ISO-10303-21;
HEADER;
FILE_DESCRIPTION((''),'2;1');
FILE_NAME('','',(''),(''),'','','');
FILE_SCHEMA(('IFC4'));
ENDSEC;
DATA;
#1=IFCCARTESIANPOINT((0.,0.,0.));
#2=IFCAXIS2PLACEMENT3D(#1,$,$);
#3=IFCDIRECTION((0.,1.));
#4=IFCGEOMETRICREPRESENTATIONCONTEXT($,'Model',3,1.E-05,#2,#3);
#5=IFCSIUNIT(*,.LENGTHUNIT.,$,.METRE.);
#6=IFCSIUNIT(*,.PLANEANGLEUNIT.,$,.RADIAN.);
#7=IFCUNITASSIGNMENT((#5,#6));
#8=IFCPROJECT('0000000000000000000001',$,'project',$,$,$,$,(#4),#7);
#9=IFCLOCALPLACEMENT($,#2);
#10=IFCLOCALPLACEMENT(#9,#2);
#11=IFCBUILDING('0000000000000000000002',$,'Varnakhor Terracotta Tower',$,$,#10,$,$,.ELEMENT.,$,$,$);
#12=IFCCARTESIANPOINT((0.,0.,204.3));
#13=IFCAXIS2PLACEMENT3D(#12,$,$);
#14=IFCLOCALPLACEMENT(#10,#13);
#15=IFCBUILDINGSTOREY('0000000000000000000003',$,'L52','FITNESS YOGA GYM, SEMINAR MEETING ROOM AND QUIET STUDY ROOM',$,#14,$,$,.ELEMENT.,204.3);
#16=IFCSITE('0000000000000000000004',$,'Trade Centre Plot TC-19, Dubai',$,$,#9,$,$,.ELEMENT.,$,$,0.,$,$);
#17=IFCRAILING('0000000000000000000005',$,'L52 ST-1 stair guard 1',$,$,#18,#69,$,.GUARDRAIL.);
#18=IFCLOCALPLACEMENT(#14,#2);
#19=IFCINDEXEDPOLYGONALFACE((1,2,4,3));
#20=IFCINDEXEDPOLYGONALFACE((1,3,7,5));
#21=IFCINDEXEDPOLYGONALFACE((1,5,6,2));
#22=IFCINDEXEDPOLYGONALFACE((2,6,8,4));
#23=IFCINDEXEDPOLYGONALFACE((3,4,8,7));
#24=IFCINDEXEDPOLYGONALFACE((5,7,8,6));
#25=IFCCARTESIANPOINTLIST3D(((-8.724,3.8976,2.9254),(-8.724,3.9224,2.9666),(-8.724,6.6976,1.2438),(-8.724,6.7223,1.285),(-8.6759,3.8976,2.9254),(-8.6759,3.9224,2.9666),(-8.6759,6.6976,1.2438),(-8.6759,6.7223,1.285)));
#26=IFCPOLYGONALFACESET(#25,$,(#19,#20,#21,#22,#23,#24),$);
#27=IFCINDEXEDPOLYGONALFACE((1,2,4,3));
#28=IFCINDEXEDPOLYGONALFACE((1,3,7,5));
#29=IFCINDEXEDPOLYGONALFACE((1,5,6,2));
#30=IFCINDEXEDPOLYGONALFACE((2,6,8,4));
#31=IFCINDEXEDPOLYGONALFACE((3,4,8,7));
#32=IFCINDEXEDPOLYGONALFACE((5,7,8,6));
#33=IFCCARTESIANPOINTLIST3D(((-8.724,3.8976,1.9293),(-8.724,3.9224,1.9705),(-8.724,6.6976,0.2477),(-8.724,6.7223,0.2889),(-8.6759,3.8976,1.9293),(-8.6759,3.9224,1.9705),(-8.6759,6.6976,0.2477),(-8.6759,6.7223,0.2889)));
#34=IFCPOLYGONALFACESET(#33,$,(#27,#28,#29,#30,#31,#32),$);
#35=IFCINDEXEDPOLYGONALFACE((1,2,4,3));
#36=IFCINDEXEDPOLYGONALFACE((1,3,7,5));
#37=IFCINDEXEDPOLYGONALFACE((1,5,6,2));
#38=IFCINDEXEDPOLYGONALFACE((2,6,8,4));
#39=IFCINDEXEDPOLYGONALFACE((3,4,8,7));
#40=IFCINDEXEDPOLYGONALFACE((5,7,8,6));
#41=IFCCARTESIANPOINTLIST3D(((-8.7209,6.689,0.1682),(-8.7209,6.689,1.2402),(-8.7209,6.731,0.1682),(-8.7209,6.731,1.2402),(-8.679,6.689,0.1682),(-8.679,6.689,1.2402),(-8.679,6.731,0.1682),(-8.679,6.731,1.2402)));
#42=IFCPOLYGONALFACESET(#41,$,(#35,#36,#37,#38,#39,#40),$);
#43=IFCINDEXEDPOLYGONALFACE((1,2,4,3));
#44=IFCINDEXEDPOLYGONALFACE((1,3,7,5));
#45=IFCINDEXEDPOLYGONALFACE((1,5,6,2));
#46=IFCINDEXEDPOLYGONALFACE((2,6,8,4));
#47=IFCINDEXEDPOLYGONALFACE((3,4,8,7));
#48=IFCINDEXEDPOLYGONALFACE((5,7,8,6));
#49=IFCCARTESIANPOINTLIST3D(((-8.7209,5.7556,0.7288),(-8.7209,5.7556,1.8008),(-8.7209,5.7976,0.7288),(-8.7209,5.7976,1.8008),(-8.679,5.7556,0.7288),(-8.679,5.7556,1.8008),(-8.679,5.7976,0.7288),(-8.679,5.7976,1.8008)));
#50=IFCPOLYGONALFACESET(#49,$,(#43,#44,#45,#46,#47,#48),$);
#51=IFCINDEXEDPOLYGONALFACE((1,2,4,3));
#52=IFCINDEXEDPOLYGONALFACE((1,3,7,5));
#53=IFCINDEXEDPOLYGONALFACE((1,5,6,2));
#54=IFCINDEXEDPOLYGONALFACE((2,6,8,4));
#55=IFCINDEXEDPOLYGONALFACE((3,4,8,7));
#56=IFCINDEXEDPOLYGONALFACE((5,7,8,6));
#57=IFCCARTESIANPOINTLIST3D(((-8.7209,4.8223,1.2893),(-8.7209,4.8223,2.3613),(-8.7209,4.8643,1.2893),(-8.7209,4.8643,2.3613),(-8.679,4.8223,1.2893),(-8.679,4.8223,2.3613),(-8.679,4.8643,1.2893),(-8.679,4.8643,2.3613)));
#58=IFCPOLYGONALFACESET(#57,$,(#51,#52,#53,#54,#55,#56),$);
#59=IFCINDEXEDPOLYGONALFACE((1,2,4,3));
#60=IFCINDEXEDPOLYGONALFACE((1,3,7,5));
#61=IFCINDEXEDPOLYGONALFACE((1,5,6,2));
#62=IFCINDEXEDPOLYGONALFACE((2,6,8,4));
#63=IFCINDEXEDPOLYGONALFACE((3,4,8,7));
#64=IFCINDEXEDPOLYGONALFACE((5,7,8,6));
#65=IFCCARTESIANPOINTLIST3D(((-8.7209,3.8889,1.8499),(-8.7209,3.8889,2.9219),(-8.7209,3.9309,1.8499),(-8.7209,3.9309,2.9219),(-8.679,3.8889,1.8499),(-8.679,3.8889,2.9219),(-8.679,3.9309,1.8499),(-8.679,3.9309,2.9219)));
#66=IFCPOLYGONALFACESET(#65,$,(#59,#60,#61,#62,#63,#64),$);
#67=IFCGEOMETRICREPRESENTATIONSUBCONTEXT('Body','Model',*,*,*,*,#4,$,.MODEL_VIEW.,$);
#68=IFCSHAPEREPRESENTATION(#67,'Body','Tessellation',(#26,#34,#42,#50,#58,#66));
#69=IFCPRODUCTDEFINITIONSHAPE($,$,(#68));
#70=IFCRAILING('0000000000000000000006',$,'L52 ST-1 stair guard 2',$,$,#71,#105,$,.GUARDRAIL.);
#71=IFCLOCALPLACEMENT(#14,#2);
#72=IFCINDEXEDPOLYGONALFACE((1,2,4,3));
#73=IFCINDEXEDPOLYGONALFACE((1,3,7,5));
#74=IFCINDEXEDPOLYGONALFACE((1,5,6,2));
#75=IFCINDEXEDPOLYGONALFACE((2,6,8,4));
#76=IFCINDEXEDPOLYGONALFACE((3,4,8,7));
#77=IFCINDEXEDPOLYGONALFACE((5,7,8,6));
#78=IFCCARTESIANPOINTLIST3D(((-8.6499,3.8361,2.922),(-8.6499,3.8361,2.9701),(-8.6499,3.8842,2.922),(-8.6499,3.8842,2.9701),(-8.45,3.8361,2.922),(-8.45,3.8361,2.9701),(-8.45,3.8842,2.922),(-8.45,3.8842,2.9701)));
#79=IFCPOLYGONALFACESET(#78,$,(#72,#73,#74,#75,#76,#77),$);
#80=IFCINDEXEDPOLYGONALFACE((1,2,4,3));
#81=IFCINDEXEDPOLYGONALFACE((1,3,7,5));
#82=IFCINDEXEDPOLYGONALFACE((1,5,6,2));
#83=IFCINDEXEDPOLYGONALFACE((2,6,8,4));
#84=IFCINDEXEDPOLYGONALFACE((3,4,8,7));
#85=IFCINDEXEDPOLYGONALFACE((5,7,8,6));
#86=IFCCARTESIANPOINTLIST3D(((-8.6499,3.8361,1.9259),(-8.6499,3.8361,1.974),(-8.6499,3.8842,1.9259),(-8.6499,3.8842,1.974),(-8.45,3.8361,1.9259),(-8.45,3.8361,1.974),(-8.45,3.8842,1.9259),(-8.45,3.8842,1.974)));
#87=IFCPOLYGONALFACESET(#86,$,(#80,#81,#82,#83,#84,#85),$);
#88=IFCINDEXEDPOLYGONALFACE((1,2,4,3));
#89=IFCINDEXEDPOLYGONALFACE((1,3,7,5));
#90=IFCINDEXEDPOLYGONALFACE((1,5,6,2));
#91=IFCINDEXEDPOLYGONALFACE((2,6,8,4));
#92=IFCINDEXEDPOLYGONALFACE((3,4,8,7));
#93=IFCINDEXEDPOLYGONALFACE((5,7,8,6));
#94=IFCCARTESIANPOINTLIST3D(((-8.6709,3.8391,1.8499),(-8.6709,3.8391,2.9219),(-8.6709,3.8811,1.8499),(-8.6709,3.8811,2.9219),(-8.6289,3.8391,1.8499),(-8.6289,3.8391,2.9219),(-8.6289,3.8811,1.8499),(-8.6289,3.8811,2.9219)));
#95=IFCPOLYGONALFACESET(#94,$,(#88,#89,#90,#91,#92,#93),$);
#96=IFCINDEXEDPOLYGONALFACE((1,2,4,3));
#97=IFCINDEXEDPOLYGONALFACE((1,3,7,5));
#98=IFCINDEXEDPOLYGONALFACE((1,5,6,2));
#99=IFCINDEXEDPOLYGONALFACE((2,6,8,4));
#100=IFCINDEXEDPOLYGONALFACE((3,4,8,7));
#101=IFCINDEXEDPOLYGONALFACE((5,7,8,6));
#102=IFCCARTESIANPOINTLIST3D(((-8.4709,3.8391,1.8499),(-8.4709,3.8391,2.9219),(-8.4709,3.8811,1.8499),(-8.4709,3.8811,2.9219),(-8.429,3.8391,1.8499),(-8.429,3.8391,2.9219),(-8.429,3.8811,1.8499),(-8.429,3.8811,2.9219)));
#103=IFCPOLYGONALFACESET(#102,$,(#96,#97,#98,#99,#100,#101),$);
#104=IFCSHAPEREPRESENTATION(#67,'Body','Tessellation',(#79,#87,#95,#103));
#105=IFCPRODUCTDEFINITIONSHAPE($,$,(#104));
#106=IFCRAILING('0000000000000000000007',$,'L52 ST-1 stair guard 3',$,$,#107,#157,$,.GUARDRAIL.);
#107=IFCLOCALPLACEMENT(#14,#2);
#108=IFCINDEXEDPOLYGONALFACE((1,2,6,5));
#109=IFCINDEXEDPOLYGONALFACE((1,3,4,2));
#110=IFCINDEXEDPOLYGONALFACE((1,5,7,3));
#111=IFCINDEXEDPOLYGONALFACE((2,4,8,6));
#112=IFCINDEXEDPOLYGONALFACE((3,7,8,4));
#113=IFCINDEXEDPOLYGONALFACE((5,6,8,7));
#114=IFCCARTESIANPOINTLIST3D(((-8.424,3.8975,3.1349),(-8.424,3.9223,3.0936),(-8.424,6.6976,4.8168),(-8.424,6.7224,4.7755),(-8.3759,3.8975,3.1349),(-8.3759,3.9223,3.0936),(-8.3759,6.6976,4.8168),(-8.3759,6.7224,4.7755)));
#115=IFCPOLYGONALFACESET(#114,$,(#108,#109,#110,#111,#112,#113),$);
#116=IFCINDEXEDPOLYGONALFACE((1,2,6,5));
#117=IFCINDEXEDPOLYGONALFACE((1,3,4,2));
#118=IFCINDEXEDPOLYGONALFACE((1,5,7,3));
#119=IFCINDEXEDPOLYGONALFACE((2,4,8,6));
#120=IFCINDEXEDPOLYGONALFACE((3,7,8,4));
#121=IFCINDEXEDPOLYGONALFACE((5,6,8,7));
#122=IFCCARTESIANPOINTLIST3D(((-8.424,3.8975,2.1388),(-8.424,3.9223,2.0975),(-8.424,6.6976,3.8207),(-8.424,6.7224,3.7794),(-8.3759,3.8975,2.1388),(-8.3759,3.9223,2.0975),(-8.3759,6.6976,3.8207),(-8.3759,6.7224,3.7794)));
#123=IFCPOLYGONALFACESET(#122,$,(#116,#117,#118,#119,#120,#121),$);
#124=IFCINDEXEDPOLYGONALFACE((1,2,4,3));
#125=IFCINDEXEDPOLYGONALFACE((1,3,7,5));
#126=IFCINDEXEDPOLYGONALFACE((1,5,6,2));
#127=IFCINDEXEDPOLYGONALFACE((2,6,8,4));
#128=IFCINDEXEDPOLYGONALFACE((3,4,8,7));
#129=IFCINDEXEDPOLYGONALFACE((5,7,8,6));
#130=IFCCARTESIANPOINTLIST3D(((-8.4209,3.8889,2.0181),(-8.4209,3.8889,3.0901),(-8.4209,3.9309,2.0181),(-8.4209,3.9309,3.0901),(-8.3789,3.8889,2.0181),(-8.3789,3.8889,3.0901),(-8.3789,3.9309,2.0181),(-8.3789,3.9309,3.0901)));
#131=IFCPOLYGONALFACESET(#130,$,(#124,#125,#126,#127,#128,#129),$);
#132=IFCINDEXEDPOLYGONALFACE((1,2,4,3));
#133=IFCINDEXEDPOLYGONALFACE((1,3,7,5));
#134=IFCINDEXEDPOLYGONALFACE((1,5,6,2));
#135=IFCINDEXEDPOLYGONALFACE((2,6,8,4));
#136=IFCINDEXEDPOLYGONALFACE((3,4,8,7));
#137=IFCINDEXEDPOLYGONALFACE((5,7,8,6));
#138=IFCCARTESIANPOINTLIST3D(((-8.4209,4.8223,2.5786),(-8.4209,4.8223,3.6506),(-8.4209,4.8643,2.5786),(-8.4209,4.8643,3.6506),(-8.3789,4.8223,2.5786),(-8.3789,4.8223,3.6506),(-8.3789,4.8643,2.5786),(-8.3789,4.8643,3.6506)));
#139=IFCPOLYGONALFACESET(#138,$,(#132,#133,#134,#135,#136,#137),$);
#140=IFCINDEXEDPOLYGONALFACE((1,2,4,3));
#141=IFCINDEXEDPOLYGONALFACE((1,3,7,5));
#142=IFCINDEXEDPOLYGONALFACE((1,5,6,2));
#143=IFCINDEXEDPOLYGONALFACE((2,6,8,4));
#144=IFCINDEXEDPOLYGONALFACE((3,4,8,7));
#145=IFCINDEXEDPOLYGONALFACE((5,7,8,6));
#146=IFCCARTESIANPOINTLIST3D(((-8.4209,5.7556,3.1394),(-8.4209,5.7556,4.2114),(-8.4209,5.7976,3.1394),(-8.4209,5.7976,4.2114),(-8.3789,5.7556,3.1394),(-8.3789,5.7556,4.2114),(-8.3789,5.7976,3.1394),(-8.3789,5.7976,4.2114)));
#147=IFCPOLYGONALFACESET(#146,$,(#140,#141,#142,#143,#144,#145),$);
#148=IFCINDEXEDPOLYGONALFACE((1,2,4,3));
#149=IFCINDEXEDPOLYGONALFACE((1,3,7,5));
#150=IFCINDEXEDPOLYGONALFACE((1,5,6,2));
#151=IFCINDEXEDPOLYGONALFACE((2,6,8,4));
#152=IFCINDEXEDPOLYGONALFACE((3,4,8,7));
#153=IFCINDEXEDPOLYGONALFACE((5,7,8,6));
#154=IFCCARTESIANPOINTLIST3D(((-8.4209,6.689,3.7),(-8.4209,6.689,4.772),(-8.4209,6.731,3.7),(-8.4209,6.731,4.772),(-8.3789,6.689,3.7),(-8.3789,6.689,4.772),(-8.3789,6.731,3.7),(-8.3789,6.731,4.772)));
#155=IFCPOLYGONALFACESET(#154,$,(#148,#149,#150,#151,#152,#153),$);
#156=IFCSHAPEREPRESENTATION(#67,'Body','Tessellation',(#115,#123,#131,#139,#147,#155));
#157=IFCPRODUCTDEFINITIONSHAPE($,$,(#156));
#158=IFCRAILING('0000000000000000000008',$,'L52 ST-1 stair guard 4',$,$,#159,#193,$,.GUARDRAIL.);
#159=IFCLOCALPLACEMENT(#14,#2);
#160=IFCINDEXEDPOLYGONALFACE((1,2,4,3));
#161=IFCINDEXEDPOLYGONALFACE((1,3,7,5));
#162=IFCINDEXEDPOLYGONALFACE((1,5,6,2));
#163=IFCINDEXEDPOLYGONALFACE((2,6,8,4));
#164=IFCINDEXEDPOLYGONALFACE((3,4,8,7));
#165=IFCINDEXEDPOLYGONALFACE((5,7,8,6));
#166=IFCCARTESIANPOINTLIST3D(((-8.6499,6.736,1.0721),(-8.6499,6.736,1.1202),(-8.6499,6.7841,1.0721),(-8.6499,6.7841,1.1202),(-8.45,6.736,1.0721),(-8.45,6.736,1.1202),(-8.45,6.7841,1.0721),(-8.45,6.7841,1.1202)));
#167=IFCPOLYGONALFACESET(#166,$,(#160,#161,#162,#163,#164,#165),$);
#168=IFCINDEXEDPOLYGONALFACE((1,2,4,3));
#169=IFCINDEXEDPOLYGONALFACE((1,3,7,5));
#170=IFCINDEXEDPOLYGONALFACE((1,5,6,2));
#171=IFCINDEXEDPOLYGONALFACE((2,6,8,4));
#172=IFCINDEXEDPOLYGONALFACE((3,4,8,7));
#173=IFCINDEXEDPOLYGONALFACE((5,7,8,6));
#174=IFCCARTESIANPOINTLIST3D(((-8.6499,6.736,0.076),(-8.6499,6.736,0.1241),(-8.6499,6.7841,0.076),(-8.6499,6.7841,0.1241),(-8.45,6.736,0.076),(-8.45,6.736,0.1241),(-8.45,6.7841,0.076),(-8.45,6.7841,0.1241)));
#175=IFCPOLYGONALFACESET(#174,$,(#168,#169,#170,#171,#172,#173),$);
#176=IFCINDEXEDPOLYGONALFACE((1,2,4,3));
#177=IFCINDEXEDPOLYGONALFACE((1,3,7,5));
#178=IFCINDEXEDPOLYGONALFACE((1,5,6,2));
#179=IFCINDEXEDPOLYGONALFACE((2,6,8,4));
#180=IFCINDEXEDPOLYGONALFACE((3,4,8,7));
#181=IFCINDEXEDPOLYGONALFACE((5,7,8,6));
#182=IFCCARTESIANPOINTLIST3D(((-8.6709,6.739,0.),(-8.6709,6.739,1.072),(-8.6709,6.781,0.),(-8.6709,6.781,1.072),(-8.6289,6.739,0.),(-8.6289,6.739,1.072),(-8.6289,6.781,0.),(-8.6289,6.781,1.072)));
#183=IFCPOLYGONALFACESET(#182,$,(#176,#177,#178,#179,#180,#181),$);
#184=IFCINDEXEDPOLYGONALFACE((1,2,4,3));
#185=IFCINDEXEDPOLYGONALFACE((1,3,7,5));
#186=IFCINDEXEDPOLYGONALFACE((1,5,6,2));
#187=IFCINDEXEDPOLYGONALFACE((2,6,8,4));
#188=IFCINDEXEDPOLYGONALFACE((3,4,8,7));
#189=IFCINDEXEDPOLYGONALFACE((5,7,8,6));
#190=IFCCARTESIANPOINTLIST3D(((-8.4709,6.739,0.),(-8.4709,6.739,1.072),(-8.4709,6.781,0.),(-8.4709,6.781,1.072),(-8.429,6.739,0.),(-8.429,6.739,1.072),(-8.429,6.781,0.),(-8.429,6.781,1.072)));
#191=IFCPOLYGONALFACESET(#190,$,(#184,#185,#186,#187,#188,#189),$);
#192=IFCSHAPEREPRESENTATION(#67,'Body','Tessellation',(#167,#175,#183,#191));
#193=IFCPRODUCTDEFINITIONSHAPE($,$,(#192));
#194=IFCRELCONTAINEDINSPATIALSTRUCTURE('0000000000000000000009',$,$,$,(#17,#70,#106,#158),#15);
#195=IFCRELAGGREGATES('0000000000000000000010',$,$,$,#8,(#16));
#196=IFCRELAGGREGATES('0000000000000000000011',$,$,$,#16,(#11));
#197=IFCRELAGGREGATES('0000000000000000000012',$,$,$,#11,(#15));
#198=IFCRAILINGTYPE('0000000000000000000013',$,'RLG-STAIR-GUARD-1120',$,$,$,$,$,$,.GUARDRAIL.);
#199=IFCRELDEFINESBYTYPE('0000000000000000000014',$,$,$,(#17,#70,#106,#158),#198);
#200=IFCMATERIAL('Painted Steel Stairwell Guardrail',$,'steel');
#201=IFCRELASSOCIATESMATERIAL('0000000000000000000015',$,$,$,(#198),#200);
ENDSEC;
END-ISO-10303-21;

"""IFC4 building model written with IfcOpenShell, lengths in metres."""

from ifc_helpers import new_model, si_unit, direction, frame, origin, origin_2d, place, context, subcontext, project, spatial, rectangle, extrude, material, type_object, element, save


model = new_model("IFC4")

# Units and contexts
model_context = context("Model", 3, precision=1e-05, world=origin(), true_north=direction((0.0, 1.0)))
body_context = subcontext(model_context, "Body", "Model", "MODEL_VIEW")
ifc_project = project(units=[si_unit("LENGTHUNIT", "METRE"), si_unit("PLANEANGLEUNIT", "RADIAN")], contexts=[model_context])

# Site, building, storey
site_placement = place(None, origin())
site = spatial("IfcSite", under=ifc_project, at=site_placement, Name="Trade Centre Plot TC-19, Dubai", CompositionType="ELEMENT", RefElevation=0.0)
building_placement = place(site_placement, origin())
building = spatial("IfcBuilding", under=site, at=building_placement, Name="Varnakhor Terracotta Tower", CompositionType="ELEMENT")
storey_placement = place(building_placement, frame((0.0, 0.0, 204.3)))
storey = spatial("IfcBuildingStorey", under=building, at=storey_placement, Name="L52", Description="FITNESS YOGA GYM, SEMINAR MEETING ROOM AND QUIET STUDY ROOM", CompositionType="ELEMENT", Elevation=204.3)

# Railings
ifc_material_1 = material(Name="Painted Steel Stairwell Guardrail", Category="steel")
railing_type_1 = type_object("IfcRailingType", Name="RLG-STAIR-GUARD-1120", PredefinedType="GUARDRAIL", material=ifc_material_1)
railing_1_placement = place(storey_placement, frame((-8.7, 6.71, 0.1682)))
element("IfcRailing", 1, at=railing_1_placement, inside=storey, type_object=railing_type_1, Name="L52 ST-1 stair guard 1", PredefinedType="GUARDRAIL", context=body_context, shape_type="SweptSolid", body=[
    extrude(rectangle(XDim=0.0481, YDim=0.0481, at=origin_2d()), frame((0.0, 0.0, 1.0962), z_axis=(0.0, -0.857275, 0.514858), x_axis=(1.0, 0.0, 0.0)), (0.0, 0.0, 1.0), 3.2661),
    extrude(rectangle(XDim=0.0481, YDim=0.0481, at=origin_2d()), frame((0.0, 0.0, 0.1001), z_axis=(0.0, -0.857275, 0.514858), x_axis=(1.0, 0.0, 0.0)), (0.0, 0.0, 1.0), 3.2661),
    extrude(rectangle(XDim=0.042, YDim=0.042, at=origin_2d()), origin(), (0.0, 0.0, 1.0), 1.072),
    extrude(rectangle(XDim=0.042, YDim=0.042, at=origin_2d()), frame((0.0, -0.9333, 0.5605)), (0.0, 0.0, 1.0), 1.072),
    extrude(rectangle(XDim=0.042, YDim=0.042, at=origin_2d()), frame((0.0, -1.8667, 1.1211)), (0.0, 0.0, 1.0), 1.072),
    extrude(rectangle(XDim=0.042, YDim=0.042, at=origin_2d()), frame((0.0, -2.8, 1.6816)), (0.0, 0.0, 1.0), 1.072),
])
railing_2_placement = place(storey_placement, frame((-8.6499, 3.8601, 1.8499)))
element("IfcRailing", 2, at=railing_2_placement, inside=storey, type_object=railing_type_1, Name="L52 ST-1 stair guard 2", PredefinedType="GUARDRAIL", context=body_context, shape_type="SweptSolid", body=[
    extrude(rectangle(XDim=0.0481, YDim=0.0481, at=origin_2d()), frame((0.0, 0.0, 1.0962), z_axis=(1.0, 0.0, 0.0), x_axis=(0.0, 1.0, 0.0)), (0.0, 0.0, 1.0), 0.2),
    extrude(rectangle(XDim=0.0481, YDim=0.0481, at=origin_2d()), frame((0.0, 0.0, 0.1001), z_axis=(1.0, 0.0, 0.0), x_axis=(0.0, 1.0, 0.0)), (0.0, 0.0, 1.0), 0.2),
    extrude(rectangle(XDim=0.042, YDim=0.042, at=origin_2d()), origin(), (0.0, 0.0, 1.0), 1.072),
    extrude(rectangle(XDim=0.042, YDim=0.042, at=origin_2d()), frame((0.2, 0.0, 0.0)), (0.0, 0.0, 1.0), 1.072),
])
railing_3_placement = place(storey_placement, frame((-8.3999, 3.9099, 2.0181)))
element("IfcRailing", 3, at=railing_3_placement, inside=storey, type_object=railing_type_1, Name="L52 ST-1 stair guard 3", PredefinedType="GUARDRAIL", context=body_context, shape_type="SweptSolid", body=[
    extrude(rectangle(XDim=0.0481, YDim=0.0481, at=origin_2d()), frame((0.0, 0.0, 1.0962), z_axis=(0.0, 0.857242, 0.514913), x_axis=(-1.0, 0.0, 0.0)), (0.0, 0.0, 1.0), 3.2664),
    extrude(rectangle(XDim=0.0481, YDim=0.0481, at=origin_2d()), frame((0.0, 0.0, 0.1001), z_axis=(0.0, 0.857242, 0.514913), x_axis=(-1.0, 0.0, 0.0)), (0.0, 0.0, 1.0), 3.2664),
    extrude(rectangle(XDim=0.042, YDim=0.042, at=origin_2d()), origin(), (0.0, 0.0, 1.0), 1.072),
    extrude(rectangle(XDim=0.042, YDim=0.042, at=origin_2d()), frame((0.0, 0.9333, 0.5605)), (0.0, 0.0, 1.0), 1.072),
    extrude(rectangle(XDim=0.042, YDim=0.042, at=origin_2d()), frame((0.0, 1.8667, 1.1213)), (0.0, 0.0, 1.0), 1.072),
    extrude(rectangle(XDim=0.042, YDim=0.042, at=origin_2d()), frame((0.0, 2.8, 1.6819)), (0.0, 0.0, 1.0), 1.072),
])
railing_4_placement = place(storey_placement, frame((-8.6499, 6.76, 0.0)))
element("IfcRailing", 4, at=railing_4_placement, inside=storey, type_object=railing_type_1, Name="L52 ST-1 stair guard 4", PredefinedType="GUARDRAIL", context=body_context, shape_type="SweptSolid", body=[
    extrude(rectangle(XDim=0.0481, YDim=0.0481, at=origin_2d()), frame((0.0, 0.0, 1.0962), z_axis=(1.0, 0.0, 0.0), x_axis=(0.0, 1.0, 0.0)), (0.0, 0.0, 1.0), 0.2),
    extrude(rectangle(XDim=0.0481, YDim=0.0481, at=origin_2d()), frame((0.0, 0.0, 0.1001), z_axis=(1.0, 0.0, 0.0), x_axis=(0.0, 1.0, 0.0)), (0.0, 0.0, 1.0), 0.2),
    extrude(rectangle(XDim=0.042, YDim=0.042, at=origin_2d()), origin(), (0.0, 0.0, 1.0), 1.072),
    extrude(rectangle(XDim=0.042, YDim=0.042, at=origin_2d()), frame((0.2, 0.0, 0.0)), (0.0, 0.0, 1.0), 1.072),
])

save(model, "model.ifc")
